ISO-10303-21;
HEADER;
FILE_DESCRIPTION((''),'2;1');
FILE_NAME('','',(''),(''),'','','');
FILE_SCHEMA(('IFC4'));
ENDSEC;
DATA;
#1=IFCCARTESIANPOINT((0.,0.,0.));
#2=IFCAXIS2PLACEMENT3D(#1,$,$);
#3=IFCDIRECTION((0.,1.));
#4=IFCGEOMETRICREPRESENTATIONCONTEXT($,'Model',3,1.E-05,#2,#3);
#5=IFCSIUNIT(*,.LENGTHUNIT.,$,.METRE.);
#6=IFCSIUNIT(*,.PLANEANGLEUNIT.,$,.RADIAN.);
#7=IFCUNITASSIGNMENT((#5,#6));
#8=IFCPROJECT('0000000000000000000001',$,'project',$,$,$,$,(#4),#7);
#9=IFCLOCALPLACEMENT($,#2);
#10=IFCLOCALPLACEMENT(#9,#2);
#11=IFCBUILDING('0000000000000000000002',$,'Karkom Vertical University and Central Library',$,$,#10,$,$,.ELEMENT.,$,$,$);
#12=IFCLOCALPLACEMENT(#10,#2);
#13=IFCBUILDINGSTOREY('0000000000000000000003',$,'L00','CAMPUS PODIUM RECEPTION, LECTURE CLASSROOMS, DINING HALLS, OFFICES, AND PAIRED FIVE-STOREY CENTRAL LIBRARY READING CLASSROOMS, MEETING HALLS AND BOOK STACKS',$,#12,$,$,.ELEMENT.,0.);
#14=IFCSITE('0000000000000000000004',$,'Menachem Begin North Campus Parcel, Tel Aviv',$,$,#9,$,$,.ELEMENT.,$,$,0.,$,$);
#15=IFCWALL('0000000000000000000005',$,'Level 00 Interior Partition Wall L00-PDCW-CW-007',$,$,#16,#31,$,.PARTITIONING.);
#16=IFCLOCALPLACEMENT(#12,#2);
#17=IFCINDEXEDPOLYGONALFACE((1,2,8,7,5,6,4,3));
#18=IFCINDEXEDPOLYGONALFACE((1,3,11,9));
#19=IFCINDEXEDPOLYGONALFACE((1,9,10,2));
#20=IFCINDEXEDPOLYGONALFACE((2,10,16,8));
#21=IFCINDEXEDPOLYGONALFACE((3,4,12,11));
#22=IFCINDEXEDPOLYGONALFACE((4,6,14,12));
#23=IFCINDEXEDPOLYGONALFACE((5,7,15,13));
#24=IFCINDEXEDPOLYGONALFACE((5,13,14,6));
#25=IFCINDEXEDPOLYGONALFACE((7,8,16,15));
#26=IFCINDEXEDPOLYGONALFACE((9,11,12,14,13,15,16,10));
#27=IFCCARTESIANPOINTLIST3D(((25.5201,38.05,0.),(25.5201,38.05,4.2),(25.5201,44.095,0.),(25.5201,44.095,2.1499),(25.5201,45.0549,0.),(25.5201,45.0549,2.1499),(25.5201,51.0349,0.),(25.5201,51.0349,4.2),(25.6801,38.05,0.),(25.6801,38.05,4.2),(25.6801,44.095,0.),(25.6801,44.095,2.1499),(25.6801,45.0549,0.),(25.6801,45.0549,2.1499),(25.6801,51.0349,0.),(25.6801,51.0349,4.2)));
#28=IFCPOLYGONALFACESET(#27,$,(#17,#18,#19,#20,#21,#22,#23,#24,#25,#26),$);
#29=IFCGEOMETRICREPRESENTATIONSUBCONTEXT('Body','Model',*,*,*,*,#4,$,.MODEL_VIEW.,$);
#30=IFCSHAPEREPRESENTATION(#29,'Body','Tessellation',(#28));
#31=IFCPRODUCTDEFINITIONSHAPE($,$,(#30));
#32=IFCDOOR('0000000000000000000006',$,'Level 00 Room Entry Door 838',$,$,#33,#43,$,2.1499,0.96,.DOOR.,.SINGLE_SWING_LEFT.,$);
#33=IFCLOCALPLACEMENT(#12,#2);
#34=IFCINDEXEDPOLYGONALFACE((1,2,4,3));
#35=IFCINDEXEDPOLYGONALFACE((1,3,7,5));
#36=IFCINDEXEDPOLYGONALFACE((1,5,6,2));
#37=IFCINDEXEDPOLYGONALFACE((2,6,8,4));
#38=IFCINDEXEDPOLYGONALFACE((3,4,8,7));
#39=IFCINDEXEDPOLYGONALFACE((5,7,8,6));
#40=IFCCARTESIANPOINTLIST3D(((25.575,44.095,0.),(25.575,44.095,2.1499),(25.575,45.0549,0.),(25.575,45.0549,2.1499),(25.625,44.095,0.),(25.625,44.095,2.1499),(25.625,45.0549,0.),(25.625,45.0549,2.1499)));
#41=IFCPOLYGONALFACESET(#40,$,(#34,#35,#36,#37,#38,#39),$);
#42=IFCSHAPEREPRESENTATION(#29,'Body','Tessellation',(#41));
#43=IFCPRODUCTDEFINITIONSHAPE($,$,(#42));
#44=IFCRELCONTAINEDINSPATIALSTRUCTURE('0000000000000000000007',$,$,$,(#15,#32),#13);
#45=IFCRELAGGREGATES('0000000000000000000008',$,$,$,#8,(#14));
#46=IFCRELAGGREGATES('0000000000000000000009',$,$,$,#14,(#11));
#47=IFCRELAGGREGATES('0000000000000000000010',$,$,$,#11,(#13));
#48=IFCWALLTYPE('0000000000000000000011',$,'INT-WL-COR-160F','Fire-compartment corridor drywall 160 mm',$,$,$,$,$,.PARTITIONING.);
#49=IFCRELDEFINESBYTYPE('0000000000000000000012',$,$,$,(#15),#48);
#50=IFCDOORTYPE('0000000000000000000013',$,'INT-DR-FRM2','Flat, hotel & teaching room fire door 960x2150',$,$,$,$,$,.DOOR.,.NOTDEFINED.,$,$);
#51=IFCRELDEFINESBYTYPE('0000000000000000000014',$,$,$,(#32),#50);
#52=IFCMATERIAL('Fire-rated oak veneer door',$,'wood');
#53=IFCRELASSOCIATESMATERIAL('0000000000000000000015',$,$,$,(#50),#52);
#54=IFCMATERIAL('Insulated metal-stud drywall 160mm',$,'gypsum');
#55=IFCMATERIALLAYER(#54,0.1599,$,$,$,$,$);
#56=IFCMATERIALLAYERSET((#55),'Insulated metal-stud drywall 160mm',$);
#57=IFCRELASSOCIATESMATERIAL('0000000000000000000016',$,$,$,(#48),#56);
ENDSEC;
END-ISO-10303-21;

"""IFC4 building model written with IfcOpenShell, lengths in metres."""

from ifc_helpers import new_model, si_unit, direction, frame, frame_2d, origin, origin_with_axes, place, context, subcontext, project, spatial, rectangle, extrude, source, transform, mapped, material, layer, layer_set, type_object, element, fill, save


model = new_model("IFC4")

# Units and contexts
model_context = context("Model", 3, precision=1e-05, world=origin(), true_north=direction((0.0, 1.0)))
body_context = subcontext(model_context, "Body", "Model", "MODEL_VIEW")
ifc_project = project(units=[si_unit("LENGTHUNIT", "METRE"), si_unit("PLANEANGLEUNIT", "RADIAN")], contexts=[model_context])

# Site, building, storey
site_placement = place(None, origin())
site = spatial("IfcSite", under=ifc_project, at=site_placement, Name="Menachem Begin North Campus Parcel, Tel Aviv", CompositionType="ELEMENT", RefElevation=0.0)
building_placement = place(site_placement, origin())
building = spatial("IfcBuilding", under=site, at=building_placement, Name="Karkom Vertical University and Central Library", CompositionType="ELEMENT")
storey_placement = place(building_placement, origin())
storey = spatial("IfcBuildingStorey", under=building, at=storey_placement, Name="L00", Description="CAMPUS PODIUM RECEPTION, LECTURE CLASSROOMS, DINING HALLS, OFFICES, AND PAIRED FIVE-STOREY CENTRAL LIBRARY READING CLASSROOMS, MEETING HALLS AND BOOK STACKS", CompositionType="ELEMENT", Elevation=0.0)

# Shared definitions
ifc_material_1 = material(Name="Insulated metal-stud drywall 160mm", Category="gypsum")
ifc_material_2 = material(Name="Fire-rated oak veneer door", Category="wood")
door_type = type_object("IfcDoorType", Name="INT-DR-FRM2", Description="Flat, hotel & teaching room fire door 960x2150", OperationType="NOTDEFINED", PredefinedType="DOOR", material=ifc_material_2)
shared_shape_1 = source(origin_with_axes(), body_context, "Body", "SweptSolid", [
    extrude(rectangle(XDim=0.96, YDim=2.1499, at=frame_2d((0.48, 1.075))), frame((0.0, 0.0249, 0.0), z_axis=(0.0, -1.0, 0.0), x_axis=(1.0, 0.0, 0.0)), (0.0, 0.0, 1.0), 0.05),
])

# Shared definitions
ifc_layer_1 = layer(ifc_material_1, 0.1599)
ifc_layer_set_1 = layer_set([ifc_layer_1], Name="Insulated metal-stud drywall 160mm")
wall_type_1 = type_object("IfcWallType", Name="INT-WL-COR-160F", Description="Fire-compartment corridor drywall 160 mm", PredefinedType="PARTITIONING", material=ifc_layer_set_1)

# Wall, opening, door
wall_1_placement = place(storey_placement, frame((25.6001, 51.0349, 0.0), z_axis=(0.0, 0.0, 1.0), x_axis=(0.0, -1.0, 0.0)))
wall_1 = element("IfcWall", 1, at=wall_1_placement, inside=storey, type_object=wall_type_1, Name="Level 00 Interior Partition Wall L00-PDCW-CW-007", PredefinedType="PARTITIONING", context=body_context, shape_type="SweptSolid", body=[
    extrude(rectangle(XDim=12.9849, YDim=0.1599, at=frame_2d((6.4924, 0.0))), origin(), (0.0, 0.0, 1.0), 4.2),
])
opening_1_placement = place(wall_1_placement, frame((5.98, 0.0, 0.0)))
opening_1 = element("IfcOpeningElement", 2, at=opening_1_placement, cuts=wall_1, PredefinedType="OPENING", context=body_context, shape_type="SweptSolid", body=[
    extrude(rectangle(XDim=0.96, YDim=2.1499, at=frame_2d((0.48, 1.075))), frame((0.0, 0.0898, 0.0), z_axis=(0.0, -1.0, 0.0), x_axis=(1.0, 0.0, 0.0)), (0.0, 0.0, 1.0), 0.1799),
])
door_1_placement = place(opening_1_placement, origin())
door_1 = element("IfcDoor", 3, at=door_1_placement, inside=storey, type_object=door_type, Name="Level 00 Room Entry Door 838", OperationType="SINGLE_SWING_LEFT", OverallHeight=2.1499, OverallWidth=0.96, PredefinedType="DOOR", context=body_context, shape_type="MappedRepresentation", body=[
    mapped(shared_shape_1, transform((0.0, 0.0, 0.0), scale=1.0)),
])
fill(opening_1, door_1)

save(model, "model.ifc")
